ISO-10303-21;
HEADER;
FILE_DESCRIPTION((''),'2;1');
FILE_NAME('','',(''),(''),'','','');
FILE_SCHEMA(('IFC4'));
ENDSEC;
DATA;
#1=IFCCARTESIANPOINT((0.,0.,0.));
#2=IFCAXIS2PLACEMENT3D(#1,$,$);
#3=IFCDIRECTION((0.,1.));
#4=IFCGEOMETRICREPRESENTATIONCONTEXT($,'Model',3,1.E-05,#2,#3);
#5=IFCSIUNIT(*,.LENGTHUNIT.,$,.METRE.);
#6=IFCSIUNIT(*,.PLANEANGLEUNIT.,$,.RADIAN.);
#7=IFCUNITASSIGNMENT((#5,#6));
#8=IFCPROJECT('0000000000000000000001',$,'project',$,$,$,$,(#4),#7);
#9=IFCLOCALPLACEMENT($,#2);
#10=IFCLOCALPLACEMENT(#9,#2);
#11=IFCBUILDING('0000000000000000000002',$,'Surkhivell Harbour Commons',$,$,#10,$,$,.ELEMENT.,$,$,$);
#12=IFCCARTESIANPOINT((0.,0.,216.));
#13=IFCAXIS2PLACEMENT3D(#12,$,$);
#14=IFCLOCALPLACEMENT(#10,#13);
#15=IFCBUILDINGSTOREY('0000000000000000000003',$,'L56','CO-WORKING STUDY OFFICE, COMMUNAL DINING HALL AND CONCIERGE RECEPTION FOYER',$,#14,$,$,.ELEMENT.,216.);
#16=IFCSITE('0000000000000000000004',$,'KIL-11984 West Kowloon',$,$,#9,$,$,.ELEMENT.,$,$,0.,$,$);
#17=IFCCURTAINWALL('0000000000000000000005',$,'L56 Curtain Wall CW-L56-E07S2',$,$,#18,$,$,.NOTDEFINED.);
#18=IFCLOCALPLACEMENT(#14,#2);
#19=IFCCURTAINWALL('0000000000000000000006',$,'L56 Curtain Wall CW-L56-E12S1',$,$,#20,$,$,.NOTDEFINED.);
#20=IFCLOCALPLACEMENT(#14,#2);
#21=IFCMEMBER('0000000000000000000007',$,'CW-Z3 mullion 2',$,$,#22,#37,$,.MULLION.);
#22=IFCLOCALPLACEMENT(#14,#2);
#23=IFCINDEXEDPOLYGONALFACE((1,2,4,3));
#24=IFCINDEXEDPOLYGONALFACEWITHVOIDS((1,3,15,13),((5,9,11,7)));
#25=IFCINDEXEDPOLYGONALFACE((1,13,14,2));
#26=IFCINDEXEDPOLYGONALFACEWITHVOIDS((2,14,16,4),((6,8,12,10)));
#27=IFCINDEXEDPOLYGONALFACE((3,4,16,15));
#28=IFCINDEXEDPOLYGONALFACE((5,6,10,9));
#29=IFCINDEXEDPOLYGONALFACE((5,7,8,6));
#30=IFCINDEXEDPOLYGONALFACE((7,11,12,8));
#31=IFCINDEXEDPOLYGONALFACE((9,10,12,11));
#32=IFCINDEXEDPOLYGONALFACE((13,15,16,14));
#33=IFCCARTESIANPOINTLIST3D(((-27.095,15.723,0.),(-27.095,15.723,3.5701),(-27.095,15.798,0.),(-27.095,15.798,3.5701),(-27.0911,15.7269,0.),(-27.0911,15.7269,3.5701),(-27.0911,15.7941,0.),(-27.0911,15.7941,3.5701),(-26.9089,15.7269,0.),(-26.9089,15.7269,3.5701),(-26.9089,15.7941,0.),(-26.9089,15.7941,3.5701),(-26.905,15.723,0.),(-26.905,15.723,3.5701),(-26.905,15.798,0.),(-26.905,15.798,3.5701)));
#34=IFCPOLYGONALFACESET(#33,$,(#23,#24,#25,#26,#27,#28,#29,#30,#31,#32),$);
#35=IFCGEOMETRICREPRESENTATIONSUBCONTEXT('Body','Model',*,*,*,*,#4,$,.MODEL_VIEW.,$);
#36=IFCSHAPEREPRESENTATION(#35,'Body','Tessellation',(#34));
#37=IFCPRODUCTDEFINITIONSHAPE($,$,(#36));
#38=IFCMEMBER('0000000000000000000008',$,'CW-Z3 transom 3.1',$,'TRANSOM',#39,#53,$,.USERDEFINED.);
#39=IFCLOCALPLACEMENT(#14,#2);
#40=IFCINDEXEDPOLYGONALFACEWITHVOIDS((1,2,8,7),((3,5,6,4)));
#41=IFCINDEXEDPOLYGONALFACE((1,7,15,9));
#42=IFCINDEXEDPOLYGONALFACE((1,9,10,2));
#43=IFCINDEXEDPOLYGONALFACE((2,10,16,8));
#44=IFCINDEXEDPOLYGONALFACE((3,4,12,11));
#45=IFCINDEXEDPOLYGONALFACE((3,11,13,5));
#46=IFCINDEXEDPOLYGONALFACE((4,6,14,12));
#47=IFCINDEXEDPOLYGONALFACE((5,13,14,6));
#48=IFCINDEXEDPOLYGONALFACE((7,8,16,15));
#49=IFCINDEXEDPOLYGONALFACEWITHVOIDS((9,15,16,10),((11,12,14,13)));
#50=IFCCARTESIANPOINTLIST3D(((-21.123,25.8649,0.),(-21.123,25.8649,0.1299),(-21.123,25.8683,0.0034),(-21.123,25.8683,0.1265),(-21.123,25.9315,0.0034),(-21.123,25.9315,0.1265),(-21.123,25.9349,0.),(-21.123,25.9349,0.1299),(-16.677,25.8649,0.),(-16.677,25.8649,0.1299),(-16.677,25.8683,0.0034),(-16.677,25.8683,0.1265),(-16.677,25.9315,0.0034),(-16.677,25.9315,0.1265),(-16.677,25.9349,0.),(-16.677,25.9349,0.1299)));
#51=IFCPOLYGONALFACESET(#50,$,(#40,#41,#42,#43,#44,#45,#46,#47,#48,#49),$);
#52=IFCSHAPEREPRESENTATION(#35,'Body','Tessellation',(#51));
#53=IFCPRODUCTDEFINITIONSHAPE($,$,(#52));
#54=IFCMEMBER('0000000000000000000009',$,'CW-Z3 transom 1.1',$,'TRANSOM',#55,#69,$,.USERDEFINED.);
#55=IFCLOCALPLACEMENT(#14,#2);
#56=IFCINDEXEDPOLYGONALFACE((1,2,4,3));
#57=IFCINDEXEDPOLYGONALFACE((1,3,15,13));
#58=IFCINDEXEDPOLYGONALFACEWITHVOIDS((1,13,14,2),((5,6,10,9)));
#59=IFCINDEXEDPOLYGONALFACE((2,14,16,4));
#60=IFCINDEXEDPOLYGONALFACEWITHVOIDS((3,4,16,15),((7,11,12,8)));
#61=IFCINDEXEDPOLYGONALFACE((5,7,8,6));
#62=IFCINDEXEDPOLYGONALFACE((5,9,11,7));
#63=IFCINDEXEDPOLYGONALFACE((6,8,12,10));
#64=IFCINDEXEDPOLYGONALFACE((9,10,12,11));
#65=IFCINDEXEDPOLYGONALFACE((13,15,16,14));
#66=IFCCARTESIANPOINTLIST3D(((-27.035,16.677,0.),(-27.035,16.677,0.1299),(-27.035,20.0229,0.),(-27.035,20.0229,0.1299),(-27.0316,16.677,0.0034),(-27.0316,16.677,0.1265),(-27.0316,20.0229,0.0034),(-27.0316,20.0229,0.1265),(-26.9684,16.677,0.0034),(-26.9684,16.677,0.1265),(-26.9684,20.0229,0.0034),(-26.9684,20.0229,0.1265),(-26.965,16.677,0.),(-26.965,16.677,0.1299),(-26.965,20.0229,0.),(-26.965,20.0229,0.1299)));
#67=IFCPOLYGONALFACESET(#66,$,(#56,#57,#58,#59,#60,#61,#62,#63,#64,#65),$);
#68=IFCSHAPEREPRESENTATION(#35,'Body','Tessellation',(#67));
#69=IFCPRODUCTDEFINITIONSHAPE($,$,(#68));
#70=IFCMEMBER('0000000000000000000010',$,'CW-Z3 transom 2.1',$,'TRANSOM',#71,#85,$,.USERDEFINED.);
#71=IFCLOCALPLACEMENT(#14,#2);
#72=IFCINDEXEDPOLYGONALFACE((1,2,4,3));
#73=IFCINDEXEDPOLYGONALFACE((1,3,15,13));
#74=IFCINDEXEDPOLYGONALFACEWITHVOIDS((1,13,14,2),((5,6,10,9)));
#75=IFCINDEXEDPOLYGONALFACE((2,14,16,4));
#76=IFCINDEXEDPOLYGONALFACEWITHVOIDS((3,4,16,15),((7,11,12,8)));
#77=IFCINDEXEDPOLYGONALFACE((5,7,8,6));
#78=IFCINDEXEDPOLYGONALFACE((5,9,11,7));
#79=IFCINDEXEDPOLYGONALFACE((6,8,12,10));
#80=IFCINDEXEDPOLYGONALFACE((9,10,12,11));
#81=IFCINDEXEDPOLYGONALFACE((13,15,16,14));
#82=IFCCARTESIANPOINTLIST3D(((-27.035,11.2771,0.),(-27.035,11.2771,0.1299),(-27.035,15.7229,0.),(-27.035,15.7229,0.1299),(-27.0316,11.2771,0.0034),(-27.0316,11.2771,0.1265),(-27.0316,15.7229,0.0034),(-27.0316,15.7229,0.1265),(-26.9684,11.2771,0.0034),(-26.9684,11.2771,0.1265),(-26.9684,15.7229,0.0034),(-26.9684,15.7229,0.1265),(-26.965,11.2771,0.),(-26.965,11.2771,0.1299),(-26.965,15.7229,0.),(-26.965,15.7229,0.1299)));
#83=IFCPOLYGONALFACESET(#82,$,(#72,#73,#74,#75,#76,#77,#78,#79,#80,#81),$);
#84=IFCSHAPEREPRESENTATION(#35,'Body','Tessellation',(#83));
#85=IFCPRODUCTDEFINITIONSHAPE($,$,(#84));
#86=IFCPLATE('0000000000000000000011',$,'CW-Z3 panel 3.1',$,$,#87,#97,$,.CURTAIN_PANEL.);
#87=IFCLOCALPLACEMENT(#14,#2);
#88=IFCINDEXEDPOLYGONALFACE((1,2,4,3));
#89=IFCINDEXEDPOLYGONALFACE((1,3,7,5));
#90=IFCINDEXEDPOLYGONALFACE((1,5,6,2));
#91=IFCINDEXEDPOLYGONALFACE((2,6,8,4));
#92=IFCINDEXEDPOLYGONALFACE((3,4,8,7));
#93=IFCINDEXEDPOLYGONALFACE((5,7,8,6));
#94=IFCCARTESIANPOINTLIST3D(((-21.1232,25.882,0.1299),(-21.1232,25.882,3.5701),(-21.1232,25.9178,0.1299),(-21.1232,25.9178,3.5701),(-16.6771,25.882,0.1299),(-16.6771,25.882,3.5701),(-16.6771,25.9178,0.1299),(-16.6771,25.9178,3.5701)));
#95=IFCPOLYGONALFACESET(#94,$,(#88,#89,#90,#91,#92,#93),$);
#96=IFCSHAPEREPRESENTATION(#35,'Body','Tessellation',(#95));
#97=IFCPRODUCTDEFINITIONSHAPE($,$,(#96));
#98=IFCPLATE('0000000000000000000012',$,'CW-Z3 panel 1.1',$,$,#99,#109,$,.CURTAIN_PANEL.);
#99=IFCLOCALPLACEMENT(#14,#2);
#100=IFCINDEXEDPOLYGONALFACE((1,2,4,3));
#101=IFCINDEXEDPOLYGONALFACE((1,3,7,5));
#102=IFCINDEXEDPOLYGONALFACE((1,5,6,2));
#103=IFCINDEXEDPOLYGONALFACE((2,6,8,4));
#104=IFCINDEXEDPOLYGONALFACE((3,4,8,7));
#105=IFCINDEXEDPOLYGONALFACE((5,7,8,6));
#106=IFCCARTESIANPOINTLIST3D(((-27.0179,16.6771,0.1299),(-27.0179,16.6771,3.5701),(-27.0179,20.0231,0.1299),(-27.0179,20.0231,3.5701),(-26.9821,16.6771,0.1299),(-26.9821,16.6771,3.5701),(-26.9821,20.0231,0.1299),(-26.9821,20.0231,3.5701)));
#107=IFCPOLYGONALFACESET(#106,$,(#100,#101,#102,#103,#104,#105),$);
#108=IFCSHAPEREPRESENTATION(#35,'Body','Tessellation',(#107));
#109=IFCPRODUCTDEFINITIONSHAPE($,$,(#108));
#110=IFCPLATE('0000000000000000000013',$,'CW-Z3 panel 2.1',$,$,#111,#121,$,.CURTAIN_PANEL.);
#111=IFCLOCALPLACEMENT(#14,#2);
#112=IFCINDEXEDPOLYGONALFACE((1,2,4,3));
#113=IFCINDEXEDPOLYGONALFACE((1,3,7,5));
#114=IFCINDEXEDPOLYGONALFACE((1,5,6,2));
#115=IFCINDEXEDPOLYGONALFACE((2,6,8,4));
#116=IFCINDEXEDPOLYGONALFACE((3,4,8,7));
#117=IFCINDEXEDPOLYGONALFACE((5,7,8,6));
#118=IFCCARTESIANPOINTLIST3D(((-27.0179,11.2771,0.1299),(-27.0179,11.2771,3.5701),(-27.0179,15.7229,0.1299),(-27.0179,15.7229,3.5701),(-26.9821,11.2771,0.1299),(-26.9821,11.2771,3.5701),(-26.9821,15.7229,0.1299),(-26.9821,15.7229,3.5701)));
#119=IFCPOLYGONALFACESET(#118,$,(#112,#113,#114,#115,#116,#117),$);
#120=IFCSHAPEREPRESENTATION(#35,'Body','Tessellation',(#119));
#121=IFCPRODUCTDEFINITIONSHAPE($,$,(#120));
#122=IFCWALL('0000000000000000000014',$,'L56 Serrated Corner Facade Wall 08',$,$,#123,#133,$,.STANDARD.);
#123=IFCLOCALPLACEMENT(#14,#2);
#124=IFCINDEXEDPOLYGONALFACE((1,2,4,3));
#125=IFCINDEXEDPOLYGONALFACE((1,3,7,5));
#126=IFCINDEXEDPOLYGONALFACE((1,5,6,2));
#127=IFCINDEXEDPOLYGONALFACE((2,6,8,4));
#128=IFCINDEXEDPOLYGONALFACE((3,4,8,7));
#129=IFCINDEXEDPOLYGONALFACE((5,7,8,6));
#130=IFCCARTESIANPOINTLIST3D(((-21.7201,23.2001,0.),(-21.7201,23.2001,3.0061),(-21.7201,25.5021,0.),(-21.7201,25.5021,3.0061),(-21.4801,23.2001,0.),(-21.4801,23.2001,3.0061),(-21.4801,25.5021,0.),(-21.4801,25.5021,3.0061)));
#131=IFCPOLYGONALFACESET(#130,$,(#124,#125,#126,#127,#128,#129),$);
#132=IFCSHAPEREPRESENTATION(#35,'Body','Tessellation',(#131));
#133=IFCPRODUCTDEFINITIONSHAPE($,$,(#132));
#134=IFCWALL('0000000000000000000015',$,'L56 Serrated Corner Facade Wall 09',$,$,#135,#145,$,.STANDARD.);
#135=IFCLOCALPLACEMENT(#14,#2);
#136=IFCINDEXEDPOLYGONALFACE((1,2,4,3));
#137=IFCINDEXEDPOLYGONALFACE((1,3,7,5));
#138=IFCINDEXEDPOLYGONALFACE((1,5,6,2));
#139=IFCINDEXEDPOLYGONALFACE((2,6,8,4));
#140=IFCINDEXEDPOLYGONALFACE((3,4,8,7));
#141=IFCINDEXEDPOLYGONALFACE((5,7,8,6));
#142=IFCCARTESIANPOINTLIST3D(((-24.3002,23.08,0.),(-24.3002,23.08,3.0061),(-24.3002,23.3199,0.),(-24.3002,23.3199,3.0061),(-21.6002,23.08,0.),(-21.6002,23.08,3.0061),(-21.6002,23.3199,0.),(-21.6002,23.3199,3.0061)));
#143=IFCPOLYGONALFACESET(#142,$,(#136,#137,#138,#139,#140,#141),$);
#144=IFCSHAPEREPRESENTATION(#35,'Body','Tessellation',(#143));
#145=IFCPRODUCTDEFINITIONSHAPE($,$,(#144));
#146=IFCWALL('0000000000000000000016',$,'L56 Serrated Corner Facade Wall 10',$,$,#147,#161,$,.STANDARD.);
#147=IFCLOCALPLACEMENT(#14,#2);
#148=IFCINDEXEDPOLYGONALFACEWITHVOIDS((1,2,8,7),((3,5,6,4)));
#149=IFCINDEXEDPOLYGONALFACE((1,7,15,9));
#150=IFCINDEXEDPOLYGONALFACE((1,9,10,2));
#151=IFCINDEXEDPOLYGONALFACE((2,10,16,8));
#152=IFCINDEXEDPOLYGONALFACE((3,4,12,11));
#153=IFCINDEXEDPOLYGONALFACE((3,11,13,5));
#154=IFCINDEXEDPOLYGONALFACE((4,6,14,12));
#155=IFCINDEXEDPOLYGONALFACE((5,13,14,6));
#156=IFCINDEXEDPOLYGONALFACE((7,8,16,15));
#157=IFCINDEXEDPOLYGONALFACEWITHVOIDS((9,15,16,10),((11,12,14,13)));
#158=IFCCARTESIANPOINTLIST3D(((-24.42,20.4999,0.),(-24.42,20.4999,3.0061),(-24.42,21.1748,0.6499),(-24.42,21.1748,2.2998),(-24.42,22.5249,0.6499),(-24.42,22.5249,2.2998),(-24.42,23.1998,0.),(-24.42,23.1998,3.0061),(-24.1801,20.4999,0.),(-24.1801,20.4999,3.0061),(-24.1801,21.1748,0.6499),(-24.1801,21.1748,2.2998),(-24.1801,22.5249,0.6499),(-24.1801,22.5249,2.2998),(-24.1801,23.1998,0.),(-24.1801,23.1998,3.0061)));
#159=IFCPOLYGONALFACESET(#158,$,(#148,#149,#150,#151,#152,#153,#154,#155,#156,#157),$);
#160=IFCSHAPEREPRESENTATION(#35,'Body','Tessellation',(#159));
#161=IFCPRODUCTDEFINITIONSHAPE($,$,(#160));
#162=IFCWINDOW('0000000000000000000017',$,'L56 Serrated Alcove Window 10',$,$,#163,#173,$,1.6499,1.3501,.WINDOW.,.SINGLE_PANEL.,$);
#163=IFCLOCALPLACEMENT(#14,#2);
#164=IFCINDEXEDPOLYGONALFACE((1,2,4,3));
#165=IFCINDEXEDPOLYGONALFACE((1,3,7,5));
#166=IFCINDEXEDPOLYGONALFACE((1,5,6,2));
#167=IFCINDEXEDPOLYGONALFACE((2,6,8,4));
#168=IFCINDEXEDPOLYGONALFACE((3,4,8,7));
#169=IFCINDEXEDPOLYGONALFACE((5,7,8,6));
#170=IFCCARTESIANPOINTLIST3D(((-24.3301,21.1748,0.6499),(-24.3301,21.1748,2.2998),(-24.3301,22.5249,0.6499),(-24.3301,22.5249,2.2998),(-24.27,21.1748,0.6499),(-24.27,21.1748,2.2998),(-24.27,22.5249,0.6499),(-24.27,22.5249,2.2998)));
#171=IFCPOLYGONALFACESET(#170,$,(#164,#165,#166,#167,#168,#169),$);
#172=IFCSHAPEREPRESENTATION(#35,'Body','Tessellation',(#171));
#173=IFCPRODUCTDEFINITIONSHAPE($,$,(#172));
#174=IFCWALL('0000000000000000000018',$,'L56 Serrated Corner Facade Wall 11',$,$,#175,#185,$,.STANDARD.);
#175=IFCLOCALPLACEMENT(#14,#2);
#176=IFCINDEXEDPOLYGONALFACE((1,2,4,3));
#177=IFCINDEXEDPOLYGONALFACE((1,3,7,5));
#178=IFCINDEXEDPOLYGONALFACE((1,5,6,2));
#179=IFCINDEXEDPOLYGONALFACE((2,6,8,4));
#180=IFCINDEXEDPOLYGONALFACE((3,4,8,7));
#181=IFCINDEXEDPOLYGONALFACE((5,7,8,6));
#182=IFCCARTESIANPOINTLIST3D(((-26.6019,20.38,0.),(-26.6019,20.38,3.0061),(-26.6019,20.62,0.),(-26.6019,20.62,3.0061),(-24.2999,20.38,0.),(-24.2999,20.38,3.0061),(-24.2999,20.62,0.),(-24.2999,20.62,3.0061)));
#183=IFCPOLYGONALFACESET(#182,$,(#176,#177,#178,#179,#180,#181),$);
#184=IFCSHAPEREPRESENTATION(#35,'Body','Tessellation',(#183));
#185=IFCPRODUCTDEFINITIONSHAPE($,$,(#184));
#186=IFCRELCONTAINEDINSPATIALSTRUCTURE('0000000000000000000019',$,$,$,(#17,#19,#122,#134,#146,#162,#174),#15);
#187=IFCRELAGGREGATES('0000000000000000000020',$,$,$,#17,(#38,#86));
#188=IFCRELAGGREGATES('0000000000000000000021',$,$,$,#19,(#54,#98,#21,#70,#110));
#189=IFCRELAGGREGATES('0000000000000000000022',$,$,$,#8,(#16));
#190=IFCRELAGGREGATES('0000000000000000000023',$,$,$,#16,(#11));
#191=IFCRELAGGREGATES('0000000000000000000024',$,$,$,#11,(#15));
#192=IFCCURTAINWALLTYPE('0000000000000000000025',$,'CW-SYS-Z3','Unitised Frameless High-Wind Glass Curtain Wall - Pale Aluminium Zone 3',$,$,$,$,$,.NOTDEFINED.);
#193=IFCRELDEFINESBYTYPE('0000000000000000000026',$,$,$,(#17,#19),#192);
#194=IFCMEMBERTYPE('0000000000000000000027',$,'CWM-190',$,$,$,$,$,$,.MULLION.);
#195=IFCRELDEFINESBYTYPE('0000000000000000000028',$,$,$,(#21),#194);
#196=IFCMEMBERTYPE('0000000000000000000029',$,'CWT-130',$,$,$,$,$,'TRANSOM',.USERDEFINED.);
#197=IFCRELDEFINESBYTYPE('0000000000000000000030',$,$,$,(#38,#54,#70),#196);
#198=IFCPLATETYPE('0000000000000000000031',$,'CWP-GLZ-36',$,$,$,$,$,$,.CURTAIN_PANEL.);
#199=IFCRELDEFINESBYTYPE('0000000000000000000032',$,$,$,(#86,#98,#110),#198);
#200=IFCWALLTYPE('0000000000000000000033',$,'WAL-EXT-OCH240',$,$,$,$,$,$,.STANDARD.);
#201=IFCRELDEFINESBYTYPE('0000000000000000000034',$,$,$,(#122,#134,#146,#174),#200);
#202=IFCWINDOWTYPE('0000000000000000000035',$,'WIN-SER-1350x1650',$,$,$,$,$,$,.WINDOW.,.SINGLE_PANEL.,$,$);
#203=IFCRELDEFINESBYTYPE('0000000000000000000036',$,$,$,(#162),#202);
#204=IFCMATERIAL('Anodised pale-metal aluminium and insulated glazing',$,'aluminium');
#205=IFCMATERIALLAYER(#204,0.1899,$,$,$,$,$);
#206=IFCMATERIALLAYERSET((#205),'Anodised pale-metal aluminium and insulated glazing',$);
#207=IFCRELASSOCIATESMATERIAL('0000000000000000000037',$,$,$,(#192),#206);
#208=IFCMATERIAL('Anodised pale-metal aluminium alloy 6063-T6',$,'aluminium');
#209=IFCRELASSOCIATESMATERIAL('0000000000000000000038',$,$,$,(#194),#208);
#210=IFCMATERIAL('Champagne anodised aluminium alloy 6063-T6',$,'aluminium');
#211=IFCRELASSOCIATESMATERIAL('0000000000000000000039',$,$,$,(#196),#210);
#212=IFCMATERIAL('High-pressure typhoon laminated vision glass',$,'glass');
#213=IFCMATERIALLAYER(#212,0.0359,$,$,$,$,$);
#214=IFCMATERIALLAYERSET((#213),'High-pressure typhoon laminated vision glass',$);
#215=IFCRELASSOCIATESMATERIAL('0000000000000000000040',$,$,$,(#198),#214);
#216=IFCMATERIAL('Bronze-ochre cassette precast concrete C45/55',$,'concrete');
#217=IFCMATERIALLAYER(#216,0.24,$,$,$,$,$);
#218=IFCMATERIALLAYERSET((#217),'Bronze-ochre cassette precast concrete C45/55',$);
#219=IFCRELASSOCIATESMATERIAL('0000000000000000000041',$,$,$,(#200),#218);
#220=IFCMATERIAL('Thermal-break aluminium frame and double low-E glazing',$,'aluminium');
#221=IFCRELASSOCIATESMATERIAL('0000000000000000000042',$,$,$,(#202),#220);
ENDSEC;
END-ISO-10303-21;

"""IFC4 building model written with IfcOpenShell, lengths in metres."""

from ifc_helpers import new_model, si_unit, direction, frame, frame_2d, origin, origin_2d, place, context, subcontext, project, spatial, rectangle, hollow_rectangle, extrude, material, layer, layer_set, material_profile, profile_set, type_object, element, fill, aggregate, save


model = new_model("IFC4")

# Units and contexts
model_context = context("Model", 3, precision=1e-05, world=origin(), true_north=direction((0.0, 1.0)))
body_context = subcontext(model_context, "Body", "Model", "MODEL_VIEW")
ifc_project = project(units=[si_unit("LENGTHUNIT", "METRE"), si_unit("PLANEANGLEUNIT", "RADIAN")], contexts=[model_context])

# Site, building, storey
site_placement = place(None, origin())
site = spatial("IfcSite", under=ifc_project, at=site_placement, Name="KIL-11984 West Kowloon", CompositionType="ELEMENT", RefElevation=0.0)
building_placement = place(site_placement, origin())
building = spatial("IfcBuilding", under=site, at=building_placement, Name="Surkhivell Harbour Commons", CompositionType="ELEMENT")
storey_placement = place(building_placement, frame((0.0, 0.0, 216.0)))
storey = spatial("IfcBuildingStorey", under=building, at=storey_placement, Name="L56", Description="CO-WORKING STUDY OFFICE, COMMUNAL DINING HALL AND CONCIERGE RECEPTION FOYER", CompositionType="ELEMENT", Elevation=216.0)

# Curtain walls, member
ifc_material_1 = material(Name="Anodised pale-metal aluminium and insulated glazing", Category="aluminium")
ifc_layer_1 = layer(ifc_material_1, 0.1899)
ifc_layer_set_1 = layer_set([ifc_layer_1], Name="Anodised pale-metal aluminium and insulated glazing")
curtain_wall_type = type_object("IfcCurtainWallType", Name="CW-SYS-Z3", Description="Unitised Frameless High-Wind Glass Curtain Wall - Pale Aluminium Zone 3", PredefinedType="NOTDEFINED", material=ifc_layer_set_1)
curtain_wall_1_placement = place(storey_placement, origin())
curtain_wall_1 = element("IfcCurtainWall", 1, at=curtain_wall_1_placement, inside=storey, type_object=curtain_wall_type, Name="L56 Curtain Wall CW-L56-E07S2", PredefinedType="NOTDEFINED")
ifc_material_2 = material(Name="Anodised pale-metal aluminium alloy 6063-T6", Category="aluminium")
ifc_material_profile_1 = material_profile(ifc_material_2, hollow_rectangle(XDim=0.075, YDim=0.1899, WallThickness=0.0039, at=origin_2d()), Name="ALU-MULL-75x190")
ifc_profile_set_1 = profile_set([ifc_material_profile_1], Name="Anodised pale-metal aluminium alloy 6063-T6")
member_type_1 = type_object("IfcMemberType", Name="CWM-190", PredefinedType="MULLION", material=ifc_profile_set_1)
curtain_wall_2_placement = place(storey_placement, origin())
curtain_wall_2 = element("IfcCurtainWall", 2, at=curtain_wall_2_placement, inside=storey, type_object=curtain_wall_type, Name="L56 Curtain Wall CW-L56-E12S1", PredefinedType="NOTDEFINED")
member_1_placement = place(storey_placement, frame((-27.0, 15.7605, 0.0), z_axis=(0.0, 0.0, 1.0), x_axis=(0.0, -1.0, 0.0)))
member_1 = element("IfcMember", 3, at=member_1_placement, type_object=member_type_1, Name="CW-Z3 mullion 2", PredefinedType="MULLION", context=body_context, shape_type="SweptSolid", body=[
    extrude(hollow_rectangle(XDim=0.075, YDim=0.1899, WallThickness=0.0039, at=origin_2d()), origin(), (0.0, 0.0, 1.0), 3.5701),
])

# Members
ifc_material_3 = material(Name="Champagne anodised aluminium alloy 6063-T6", Category="aluminium")
ifc_material_profile_2 = material_profile(ifc_material_3, hollow_rectangle(XDim=0.0701, YDim=0.1299, WallThickness=0.0034, at=origin_2d()), Name="ALU-TRAN-70x130")
ifc_profile_set_2 = profile_set([ifc_material_profile_2], Name="Champagne anodised aluminium alloy 6063-T6")
member_type_2 = type_object("IfcMemberType", Name="CWT-130", ElementType="TRANSOM", PredefinedType="USERDEFINED", material=ifc_profile_set_2)
member_2_placement = place(storey_placement, frame((-16.677, 25.8999, 0.0649), z_axis=(-1.0, 0.0, 0.0), x_axis=(0.0, -1.0, 0.0)))
member_2 = element("IfcMember", 4, at=member_2_placement, type_object=member_type_2, Name="CW-Z3 transom 3.1", ObjectType="TRANSOM", PredefinedType="USERDEFINED", context=body_context, shape_type="SweptSolid", body=[
    extrude(hollow_rectangle(XDim=0.0701, YDim=0.1299, WallThickness=0.0034, at=origin_2d()), origin(), (0.0, 0.0, 1.0), 4.446),
])
member_3_placement = place(storey_placement, frame((-27.0, 20.0229, 0.0649), z_axis=(0.0, -1.0, 0.0), x_axis=(1.0, 0.0, 0.0)))
member_3 = element("IfcMember", 5, at=member_3_placement, type_object=member_type_2, Name="CW-Z3 transom 1.1", ObjectType="TRANSOM", PredefinedType="USERDEFINED", context=body_context, shape_type="SweptSolid", body=[
    extrude(hollow_rectangle(XDim=0.0701, YDim=0.1299, WallThickness=0.0034, at=origin_2d()), origin(), (0.0, 0.0, 1.0), 3.3459),
])
member_4_placement = place(storey_placement, frame((-27.0, 15.7229, 0.0649), z_axis=(0.0, -1.0, 0.0), x_axis=(1.0, 0.0, 0.0)))
member_4 = element("IfcMember", 6, at=member_4_placement, type_object=member_type_2, Name="CW-Z3 transom 2.1", ObjectType="TRANSOM", PredefinedType="USERDEFINED", context=body_context, shape_type="SweptSolid", body=[
    extrude(hollow_rectangle(XDim=0.0701, YDim=0.1299, WallThickness=0.0034, at=origin_2d()), origin(), (0.0, 0.0, 1.0), 4.4458),
])

# Plates
ifc_material_4 = material(Name="High-pressure typhoon laminated vision glass", Category="glass")
ifc_layer_2 = layer(ifc_material_4, 0.0359)
ifc_layer_set_2 = layer_set([ifc_layer_2], Name="High-pressure typhoon laminated vision glass")
plate_type = type_object("IfcPlateType", Name="CWP-GLZ-36", PredefinedType="CURTAIN_PANEL", material=ifc_layer_set_2)
plate_1_placement = place(storey_placement, frame((-16.677, 25.8999, 0.1299), z_axis=(0.0, 0.0, 1.0), x_axis=(-1.0, 0.0, 0.0)))
plate_1 = element("IfcPlate", 7, at=plate_1_placement, type_object=plate_type, Name="CW-Z3 panel 3.1", PredefinedType="CURTAIN_PANEL", context=body_context, shape_type="SweptSolid", body=[
    extrude(rectangle(XDim=4.446, YDim=0.0359, at=frame_2d((2.2231, 0.0))), origin(), (0.0, 0.0, 1.0), 3.4402),
])
aggregate(curtain_wall_1, [member_2, plate_1])
plate_2_placement = place(storey_placement, frame((-27.0, 20.0229, 0.1299), z_axis=(0.0, 0.0, 1.0), x_axis=(0.0, -1.0, 0.0)))
plate_2 = element("IfcPlate", 8, at=plate_2_placement, type_object=plate_type, Name="CW-Z3 panel 1.1", PredefinedType="CURTAIN_PANEL", context=body_context, shape_type="SweptSolid", body=[
    extrude(rectangle(XDim=3.3459, YDim=0.0359, at=frame_2d((1.6729, 0.0))), origin(), (0.0, 0.0, 1.0), 3.4402),
])
plate_3_placement = place(storey_placement, frame((-27.0, 15.7229, 0.1299), z_axis=(0.0, 0.0, 1.0), x_axis=(0.0, -1.0, 0.0)))
plate_3 = element("IfcPlate", 9, at=plate_3_placement, type_object=plate_type, Name="CW-Z3 panel 2.1", PredefinedType="CURTAIN_PANEL", context=body_context, shape_type="SweptSolid", body=[
    extrude(rectangle(XDim=4.4458, YDim=0.0359, at=frame_2d((2.2229, 0.0))), origin(), (0.0, 0.0, 1.0), 3.4402),
])
aggregate(curtain_wall_2, [member_3, plate_2, member_1, member_4, plate_3])

# Walls
ifc_material_5 = material(Name="Bronze-ochre cassette precast concrete C45/55", Category="concrete")
ifc_layer_3 = layer(ifc_material_5, 0.24)
ifc_layer_set_3 = layer_set([ifc_layer_3], Name="Bronze-ochre cassette precast concrete C45/55")
wall_type = type_object("IfcWallType", Name="WAL-EXT-OCH240", PredefinedType="STANDARD", material=ifc_layer_set_3)
wall_1_placement = place(storey_placement, frame((-21.6001, 25.502, 0.0), z_axis=(0.0, 0.0, 1.0), x_axis=(0.0, -1.0, 0.0)))
element("IfcWall", 10, at=wall_1_placement, inside=storey, type_object=wall_type, Name="L56 Serrated Corner Facade Wall 08", PredefinedType="STANDARD", context=body_context, shape_type="SweptSolid", body=[
    extrude(rectangle(XDim=2.302, YDim=0.24, at=frame_2d((1.1509, 0.0))), origin(), (0.0, 0.0, 1.0), 3.0061),
])
wall_2_placement = place(storey_placement, frame((-21.6001, 23.2, 0.0), z_axis=(0.0, 0.0, 1.0), x_axis=(-1.0, 0.0, 0.0)))
element("IfcWall", 11, at=wall_2_placement, inside=storey, type_object=wall_type, Name="L56 Serrated Corner Facade Wall 09", PredefinedType="STANDARD", context=body_context, shape_type="SweptSolid", body=[
    extrude(rectangle(XDim=2.7, YDim=0.24, at=frame_2d((1.3501, 0.0))), origin(), (0.0, 0.0, 1.0), 3.0061),
])

# Wall, opening, window
wall_3_placement = place(storey_placement, frame((-24.3, 23.2, 0.0), z_axis=(0.0, 0.0, 1.0), x_axis=(0.0, -1.0, 0.0)))
wall_3 = element("IfcWall", 12, at=wall_3_placement, inside=storey, type_object=wall_type, Name="L56 Serrated Corner Facade Wall 10", PredefinedType="STANDARD", context=body_context, shape_type="SweptSolid", body=[
    extrude(rectangle(XDim=2.7, YDim=0.24, at=frame_2d((1.3501, 0.0))), origin(), (0.0, 0.0, 1.0), 3.0061),
])
opening_placement = place(wall_3_placement, frame((0.675, 0.0, 0.6499)))
opening = element("IfcOpeningElement", 13, at=opening_placement, cuts=wall_3, PredefinedType="OPENING", context=body_context, shape_type="SweptSolid", body=[
    extrude(rectangle(XDim=1.3501, YDim=1.6499, at=frame_2d((0.675, 0.825))), frame((0.0, 0.1299, 0.0), z_axis=(0.0, -1.0, 0.0), x_axis=(1.0, 0.0, 0.0)), (0.0, 0.0, 1.0), 0.26),
])
ifc_material_6 = material(Name="Thermal-break aluminium frame and double low-E glazing", Category="aluminium")
window_type = type_object("IfcWindowType", Name="WIN-SER-1350x1650", PartitioningType="SINGLE_PANEL", PredefinedType="WINDOW", material=ifc_material_6)
window_placement = place(opening_placement, origin())
window = element("IfcWindow", 14, at=window_placement, inside=storey, type_object=window_type, Name="L56 Serrated Alcove Window 10", OverallHeight=1.6499, OverallWidth=1.3501, PartitioningType="SINGLE_PANEL", PredefinedType="WINDOW", context=body_context, shape_type="SweptSolid", body=[
    extrude(rectangle(XDim=1.3501, YDim=1.6499, at=frame_2d((0.675, 0.825))), frame((0.0, 0.03, 0.0), z_axis=(0.0, -1.0, 0.0), x_axis=(1.0, 0.0, 0.0)), (0.0, 0.0, 1.0), 0.0601),
])
fill(opening, window)

# Wall
wall_4_placement = place(storey_placement, frame((-24.3, 20.5, 0.0), z_axis=(0.0, 0.0, 1.0), x_axis=(-1.0, 0.0, 0.0)))
element("IfcWall", 15, at=wall_4_placement, inside=storey, type_object=wall_type, Name="L56 Serrated Corner Facade Wall 11", PredefinedType="STANDARD", context=body_context, shape_type="SweptSolid", body=[
    extrude(rectangle(XDim=2.302, YDim=0.24, at=frame_2d((1.1509, 0.0))), origin(), (0.0, 0.0, 1.0), 3.0061),
])

save(model, "model.ifc")
